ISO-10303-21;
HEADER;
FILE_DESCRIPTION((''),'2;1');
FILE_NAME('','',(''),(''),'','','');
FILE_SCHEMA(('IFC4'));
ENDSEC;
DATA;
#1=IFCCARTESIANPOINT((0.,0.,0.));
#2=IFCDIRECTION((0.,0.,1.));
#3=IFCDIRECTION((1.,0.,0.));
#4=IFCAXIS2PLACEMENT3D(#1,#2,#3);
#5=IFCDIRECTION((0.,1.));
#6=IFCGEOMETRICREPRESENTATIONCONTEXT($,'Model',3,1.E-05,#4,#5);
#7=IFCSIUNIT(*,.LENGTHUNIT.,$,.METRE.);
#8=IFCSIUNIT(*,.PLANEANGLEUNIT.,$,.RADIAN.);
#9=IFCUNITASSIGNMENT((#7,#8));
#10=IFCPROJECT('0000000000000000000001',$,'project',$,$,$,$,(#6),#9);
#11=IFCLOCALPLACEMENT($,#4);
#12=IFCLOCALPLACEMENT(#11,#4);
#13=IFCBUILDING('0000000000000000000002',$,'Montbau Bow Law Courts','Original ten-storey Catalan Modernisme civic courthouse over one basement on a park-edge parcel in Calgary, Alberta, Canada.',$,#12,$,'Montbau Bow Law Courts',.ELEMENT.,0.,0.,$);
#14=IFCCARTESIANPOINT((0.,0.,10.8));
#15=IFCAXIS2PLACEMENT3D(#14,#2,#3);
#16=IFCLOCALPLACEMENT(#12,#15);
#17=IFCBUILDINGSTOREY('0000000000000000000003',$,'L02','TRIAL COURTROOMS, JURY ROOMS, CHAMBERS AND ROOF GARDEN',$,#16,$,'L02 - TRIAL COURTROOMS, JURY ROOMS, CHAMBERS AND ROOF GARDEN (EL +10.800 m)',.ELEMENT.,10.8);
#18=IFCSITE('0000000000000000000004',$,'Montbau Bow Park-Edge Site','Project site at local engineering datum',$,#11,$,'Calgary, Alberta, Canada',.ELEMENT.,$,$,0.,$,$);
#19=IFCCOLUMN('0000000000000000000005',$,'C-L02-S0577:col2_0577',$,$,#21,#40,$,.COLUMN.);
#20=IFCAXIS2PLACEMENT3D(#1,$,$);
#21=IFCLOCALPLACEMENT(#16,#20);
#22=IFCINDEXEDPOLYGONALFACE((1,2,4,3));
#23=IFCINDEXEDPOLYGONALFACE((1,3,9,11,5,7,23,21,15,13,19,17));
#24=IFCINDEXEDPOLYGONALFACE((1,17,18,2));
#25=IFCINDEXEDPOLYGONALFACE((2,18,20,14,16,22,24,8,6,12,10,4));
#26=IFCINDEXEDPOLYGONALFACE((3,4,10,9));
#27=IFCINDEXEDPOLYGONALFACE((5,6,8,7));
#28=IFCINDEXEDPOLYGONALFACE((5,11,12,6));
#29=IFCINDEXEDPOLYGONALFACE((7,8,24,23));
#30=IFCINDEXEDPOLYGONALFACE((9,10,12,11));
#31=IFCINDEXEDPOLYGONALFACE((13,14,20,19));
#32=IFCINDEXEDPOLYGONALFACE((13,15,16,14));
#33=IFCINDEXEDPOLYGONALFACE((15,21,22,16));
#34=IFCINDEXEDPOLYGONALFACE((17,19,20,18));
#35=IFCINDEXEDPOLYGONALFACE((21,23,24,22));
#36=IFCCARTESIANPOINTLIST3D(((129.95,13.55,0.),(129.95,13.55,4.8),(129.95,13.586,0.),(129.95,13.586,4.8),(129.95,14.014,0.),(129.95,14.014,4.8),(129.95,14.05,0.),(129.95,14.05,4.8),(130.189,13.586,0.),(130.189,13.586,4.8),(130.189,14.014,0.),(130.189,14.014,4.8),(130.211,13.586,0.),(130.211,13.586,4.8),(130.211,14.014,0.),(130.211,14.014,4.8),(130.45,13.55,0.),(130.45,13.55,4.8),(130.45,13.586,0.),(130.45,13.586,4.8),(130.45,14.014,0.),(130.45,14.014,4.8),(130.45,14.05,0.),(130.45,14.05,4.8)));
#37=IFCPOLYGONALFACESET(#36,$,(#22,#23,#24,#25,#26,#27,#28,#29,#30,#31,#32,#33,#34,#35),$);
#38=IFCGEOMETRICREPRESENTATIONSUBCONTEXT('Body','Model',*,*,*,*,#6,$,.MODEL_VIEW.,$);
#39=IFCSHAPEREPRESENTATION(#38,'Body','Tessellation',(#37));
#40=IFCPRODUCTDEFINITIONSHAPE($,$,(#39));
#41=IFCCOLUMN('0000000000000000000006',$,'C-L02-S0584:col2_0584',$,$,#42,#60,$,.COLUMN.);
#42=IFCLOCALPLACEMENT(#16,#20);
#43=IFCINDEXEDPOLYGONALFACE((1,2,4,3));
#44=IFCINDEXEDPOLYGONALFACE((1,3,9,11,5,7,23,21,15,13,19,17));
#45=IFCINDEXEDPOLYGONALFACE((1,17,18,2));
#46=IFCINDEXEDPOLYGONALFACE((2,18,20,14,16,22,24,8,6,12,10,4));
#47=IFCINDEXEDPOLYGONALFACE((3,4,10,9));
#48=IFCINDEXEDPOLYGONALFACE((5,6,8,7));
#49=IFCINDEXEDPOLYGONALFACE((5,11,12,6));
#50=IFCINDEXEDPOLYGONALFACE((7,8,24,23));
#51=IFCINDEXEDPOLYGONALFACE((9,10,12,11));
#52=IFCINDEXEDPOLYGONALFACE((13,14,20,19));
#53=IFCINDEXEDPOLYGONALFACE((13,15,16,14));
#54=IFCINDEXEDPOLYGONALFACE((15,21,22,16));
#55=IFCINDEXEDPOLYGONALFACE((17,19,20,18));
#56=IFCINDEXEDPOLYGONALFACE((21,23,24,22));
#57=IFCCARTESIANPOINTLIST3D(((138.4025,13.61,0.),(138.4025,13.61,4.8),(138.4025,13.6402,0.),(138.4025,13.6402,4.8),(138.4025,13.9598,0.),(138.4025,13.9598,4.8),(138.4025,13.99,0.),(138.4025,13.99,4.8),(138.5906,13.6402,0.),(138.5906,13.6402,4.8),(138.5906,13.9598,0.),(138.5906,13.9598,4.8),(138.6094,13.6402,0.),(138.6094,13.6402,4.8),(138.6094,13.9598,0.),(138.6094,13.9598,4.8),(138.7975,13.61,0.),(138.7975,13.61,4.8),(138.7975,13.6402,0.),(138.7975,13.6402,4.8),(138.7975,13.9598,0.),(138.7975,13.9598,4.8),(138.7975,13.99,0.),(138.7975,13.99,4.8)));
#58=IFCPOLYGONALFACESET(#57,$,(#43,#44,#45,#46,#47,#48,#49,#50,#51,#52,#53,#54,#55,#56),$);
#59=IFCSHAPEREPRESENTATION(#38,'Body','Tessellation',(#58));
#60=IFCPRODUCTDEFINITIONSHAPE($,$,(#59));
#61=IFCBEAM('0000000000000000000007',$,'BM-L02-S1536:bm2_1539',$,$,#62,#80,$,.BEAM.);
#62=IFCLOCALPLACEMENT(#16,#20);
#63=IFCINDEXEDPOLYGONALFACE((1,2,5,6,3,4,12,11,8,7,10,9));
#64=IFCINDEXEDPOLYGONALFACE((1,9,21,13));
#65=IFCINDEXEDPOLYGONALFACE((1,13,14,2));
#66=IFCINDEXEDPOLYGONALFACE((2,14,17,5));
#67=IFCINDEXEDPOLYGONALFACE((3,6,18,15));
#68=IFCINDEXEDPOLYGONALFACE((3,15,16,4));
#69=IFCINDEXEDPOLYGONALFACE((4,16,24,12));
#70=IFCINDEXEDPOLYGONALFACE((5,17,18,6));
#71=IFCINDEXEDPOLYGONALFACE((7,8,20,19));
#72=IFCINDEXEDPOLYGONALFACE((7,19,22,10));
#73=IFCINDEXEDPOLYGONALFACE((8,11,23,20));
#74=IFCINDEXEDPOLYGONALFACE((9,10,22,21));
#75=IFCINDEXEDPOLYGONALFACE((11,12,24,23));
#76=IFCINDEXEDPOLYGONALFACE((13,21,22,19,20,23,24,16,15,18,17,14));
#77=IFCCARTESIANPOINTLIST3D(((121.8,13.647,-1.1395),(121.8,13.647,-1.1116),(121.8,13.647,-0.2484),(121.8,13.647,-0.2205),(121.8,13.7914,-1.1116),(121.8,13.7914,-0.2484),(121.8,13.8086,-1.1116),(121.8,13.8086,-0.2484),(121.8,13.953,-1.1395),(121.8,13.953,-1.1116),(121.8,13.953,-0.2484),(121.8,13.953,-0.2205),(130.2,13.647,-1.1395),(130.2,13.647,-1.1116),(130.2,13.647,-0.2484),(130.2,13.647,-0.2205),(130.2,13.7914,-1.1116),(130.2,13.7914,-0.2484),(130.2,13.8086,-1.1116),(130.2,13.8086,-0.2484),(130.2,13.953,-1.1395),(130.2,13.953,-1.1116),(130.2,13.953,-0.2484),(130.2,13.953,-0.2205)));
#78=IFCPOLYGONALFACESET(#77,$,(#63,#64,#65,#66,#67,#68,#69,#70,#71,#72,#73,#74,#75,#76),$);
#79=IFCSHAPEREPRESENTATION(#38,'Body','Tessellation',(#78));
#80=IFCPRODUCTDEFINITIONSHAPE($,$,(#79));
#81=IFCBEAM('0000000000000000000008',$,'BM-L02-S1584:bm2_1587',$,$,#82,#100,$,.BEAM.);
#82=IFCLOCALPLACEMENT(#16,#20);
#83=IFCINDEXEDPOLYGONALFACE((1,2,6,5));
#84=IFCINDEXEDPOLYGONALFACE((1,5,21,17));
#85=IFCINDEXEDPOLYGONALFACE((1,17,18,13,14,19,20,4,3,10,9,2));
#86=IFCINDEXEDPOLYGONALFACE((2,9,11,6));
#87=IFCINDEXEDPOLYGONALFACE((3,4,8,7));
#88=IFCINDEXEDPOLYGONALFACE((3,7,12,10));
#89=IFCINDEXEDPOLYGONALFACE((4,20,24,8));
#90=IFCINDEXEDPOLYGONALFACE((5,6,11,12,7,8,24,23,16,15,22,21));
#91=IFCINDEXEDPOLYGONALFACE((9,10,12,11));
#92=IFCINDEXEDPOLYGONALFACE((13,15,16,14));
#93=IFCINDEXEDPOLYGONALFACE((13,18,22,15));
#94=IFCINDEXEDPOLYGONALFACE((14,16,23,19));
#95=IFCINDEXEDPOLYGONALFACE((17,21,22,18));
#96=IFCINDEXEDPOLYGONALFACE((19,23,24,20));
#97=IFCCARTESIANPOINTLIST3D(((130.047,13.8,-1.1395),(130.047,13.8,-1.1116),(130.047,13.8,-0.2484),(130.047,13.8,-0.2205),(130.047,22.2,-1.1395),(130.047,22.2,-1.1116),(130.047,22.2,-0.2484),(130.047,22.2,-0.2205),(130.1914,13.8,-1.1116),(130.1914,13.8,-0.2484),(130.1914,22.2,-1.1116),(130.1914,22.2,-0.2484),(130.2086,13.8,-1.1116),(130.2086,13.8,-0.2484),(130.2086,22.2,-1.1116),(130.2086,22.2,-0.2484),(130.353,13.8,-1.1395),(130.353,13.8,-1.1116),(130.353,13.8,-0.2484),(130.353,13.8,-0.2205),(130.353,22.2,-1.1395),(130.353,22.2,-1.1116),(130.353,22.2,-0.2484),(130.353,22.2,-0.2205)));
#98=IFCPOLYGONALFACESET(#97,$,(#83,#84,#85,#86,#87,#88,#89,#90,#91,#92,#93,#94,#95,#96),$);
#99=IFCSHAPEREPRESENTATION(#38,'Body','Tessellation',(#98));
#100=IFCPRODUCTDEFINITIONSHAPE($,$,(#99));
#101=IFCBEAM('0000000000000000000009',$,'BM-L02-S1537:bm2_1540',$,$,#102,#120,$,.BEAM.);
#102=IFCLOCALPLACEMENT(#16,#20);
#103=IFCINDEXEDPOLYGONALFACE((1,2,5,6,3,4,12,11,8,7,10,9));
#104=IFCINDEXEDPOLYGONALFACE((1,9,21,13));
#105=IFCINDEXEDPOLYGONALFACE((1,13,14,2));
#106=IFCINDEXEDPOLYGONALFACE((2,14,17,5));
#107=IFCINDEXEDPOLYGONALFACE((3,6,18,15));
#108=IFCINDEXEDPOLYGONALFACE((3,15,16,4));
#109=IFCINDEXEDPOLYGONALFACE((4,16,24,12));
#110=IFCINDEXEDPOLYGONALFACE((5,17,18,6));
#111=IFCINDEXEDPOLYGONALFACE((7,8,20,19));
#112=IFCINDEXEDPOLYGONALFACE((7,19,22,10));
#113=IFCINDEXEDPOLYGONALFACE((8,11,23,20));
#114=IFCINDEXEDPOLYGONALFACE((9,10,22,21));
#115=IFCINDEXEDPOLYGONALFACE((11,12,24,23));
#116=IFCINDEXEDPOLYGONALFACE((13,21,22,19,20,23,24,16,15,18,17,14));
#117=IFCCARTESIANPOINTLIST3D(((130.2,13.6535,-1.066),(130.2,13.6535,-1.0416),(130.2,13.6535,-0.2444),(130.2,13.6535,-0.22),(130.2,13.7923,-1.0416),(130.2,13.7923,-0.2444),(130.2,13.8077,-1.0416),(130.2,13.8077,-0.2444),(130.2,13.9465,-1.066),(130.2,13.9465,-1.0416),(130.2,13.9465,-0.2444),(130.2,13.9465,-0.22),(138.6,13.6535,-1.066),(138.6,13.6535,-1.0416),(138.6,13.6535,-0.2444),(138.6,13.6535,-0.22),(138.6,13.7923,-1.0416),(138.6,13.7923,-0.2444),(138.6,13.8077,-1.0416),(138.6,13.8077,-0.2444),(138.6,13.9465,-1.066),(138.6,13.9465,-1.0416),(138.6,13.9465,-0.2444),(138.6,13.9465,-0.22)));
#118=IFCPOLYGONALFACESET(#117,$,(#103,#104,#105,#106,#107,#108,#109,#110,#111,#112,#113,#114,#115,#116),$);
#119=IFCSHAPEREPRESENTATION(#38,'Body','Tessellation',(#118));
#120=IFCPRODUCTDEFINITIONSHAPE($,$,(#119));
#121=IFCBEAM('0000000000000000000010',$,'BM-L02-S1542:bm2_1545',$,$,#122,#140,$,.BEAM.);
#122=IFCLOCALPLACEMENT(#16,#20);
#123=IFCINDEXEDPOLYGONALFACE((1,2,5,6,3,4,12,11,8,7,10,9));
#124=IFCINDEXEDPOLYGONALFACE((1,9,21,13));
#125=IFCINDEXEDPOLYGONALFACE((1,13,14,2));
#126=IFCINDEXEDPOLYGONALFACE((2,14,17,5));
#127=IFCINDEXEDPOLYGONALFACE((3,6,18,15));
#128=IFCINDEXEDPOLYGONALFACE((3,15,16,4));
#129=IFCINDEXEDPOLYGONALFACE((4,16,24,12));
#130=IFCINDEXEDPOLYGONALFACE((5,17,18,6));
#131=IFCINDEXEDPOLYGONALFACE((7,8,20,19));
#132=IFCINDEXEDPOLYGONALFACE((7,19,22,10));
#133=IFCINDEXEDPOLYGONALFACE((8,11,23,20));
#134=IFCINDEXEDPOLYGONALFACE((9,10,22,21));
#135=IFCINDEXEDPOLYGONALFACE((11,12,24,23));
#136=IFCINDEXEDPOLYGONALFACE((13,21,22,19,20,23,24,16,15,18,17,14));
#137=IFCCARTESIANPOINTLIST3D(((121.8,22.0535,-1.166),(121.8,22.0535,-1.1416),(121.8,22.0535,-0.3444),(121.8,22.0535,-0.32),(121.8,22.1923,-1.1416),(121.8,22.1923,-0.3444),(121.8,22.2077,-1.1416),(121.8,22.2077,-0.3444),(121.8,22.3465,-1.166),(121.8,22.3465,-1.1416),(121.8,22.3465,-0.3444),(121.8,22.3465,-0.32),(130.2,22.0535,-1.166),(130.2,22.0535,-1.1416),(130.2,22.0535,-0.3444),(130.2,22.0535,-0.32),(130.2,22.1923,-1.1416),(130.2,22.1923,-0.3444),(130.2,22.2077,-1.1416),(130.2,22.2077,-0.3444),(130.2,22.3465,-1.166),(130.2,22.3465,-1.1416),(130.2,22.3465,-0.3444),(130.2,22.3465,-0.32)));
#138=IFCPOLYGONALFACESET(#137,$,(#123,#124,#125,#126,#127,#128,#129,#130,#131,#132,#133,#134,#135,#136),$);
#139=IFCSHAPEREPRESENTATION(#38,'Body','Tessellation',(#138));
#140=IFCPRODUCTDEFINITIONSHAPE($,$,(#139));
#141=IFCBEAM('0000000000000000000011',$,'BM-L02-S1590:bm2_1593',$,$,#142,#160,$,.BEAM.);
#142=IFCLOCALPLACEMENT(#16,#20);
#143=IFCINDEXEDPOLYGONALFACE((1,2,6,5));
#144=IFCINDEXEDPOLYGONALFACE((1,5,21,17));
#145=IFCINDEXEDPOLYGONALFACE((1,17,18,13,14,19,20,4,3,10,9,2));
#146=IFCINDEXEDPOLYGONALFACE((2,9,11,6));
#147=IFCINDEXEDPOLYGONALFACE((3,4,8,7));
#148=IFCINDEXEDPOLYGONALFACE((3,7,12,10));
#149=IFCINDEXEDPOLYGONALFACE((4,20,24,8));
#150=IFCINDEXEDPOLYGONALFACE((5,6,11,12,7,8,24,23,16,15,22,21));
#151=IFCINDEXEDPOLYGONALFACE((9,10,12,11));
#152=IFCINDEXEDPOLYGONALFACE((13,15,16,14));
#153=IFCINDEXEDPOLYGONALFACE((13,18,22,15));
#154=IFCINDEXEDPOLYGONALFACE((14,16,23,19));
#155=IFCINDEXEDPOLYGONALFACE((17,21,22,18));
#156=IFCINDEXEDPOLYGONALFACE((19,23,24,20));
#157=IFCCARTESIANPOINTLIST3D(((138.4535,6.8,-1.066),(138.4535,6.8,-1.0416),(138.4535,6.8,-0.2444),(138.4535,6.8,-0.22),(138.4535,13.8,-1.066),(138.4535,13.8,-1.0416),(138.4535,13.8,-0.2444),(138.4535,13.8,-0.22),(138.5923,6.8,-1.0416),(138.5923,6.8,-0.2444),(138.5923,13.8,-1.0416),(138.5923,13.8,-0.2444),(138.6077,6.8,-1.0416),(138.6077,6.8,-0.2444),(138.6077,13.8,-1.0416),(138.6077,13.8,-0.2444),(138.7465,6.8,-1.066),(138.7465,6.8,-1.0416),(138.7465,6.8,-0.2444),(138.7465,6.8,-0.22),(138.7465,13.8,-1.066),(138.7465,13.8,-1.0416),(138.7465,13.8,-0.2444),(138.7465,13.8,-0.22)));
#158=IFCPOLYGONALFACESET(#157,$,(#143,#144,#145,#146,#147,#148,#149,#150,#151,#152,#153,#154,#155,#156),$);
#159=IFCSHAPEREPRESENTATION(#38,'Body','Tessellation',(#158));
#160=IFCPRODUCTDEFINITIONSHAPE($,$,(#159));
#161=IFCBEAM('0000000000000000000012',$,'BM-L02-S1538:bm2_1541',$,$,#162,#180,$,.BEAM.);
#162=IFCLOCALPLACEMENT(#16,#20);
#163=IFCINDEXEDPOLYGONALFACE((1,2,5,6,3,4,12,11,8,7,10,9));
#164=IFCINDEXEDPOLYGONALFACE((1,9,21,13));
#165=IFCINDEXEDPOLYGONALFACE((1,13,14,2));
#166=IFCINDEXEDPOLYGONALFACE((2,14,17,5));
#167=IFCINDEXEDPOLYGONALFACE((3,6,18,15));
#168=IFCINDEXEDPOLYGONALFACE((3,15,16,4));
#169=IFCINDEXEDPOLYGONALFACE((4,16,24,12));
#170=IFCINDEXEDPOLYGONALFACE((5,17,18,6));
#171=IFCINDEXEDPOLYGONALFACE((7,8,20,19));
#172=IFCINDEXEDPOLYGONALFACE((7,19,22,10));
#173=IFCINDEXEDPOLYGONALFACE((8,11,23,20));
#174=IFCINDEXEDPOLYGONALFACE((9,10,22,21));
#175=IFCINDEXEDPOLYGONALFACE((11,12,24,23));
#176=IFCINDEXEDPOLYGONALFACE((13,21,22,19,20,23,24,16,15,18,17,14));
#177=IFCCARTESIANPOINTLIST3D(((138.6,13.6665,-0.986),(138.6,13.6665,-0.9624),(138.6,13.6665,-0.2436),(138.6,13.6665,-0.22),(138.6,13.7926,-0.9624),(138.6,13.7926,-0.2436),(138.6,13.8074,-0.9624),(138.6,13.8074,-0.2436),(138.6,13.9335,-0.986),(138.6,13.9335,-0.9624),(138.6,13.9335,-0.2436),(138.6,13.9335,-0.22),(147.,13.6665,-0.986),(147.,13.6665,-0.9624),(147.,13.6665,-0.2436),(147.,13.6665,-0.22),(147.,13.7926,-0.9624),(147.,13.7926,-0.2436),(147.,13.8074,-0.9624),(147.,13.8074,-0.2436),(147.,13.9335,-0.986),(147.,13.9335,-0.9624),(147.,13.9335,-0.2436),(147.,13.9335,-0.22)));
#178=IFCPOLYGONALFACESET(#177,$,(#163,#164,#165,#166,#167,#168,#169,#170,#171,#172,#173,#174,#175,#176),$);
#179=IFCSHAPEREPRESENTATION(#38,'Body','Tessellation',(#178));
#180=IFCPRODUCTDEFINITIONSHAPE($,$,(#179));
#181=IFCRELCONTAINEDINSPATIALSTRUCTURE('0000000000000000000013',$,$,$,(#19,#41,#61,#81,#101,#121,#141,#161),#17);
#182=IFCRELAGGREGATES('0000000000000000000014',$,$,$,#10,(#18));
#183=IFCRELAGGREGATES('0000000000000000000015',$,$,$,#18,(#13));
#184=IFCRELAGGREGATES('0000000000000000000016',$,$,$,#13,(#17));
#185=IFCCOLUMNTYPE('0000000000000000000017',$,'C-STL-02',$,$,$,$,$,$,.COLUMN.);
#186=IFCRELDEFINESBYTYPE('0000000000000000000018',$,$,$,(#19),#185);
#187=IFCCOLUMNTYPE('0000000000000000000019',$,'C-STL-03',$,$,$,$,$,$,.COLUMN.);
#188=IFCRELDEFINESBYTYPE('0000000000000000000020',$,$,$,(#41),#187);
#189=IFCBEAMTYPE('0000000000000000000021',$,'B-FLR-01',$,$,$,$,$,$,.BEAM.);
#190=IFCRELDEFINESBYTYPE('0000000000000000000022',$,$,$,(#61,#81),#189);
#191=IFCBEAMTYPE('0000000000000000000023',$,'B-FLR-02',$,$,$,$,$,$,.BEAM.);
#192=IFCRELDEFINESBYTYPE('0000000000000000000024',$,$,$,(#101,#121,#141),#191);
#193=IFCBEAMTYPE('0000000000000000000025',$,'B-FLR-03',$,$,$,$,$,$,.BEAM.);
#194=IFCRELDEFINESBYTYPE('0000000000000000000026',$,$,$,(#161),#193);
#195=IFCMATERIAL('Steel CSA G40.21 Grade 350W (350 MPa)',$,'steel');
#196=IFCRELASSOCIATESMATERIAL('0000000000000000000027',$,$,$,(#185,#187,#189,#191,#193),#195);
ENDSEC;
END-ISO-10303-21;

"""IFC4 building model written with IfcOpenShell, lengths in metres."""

from ifc_helpers import new_model, si_unit, direction, frame, origin_with_axes, origin_2d_with_axis, place, context, subcontext, project, spatial, i_section, extrude, material, material_profile, profile_set, type_object, element, save


model = new_model("IFC4")

# Units and contexts
model_context = context("Model", 3, precision=1e-05, world=origin_with_axes(), true_north=direction((0.0, 1.0)))
body_context = subcontext(model_context, "Body", "Model", "MODEL_VIEW")
ifc_project = project(units=[si_unit("LENGTHUNIT", "METRE"), si_unit("PLANEANGLEUNIT", "RADIAN")], contexts=[model_context])

# Site, building, storey
site_placement = place(None, origin_with_axes())
site = spatial("IfcSite", under=ifc_project, at=site_placement, Name="Montbau Bow Park-Edge Site", Description="Project site at local engineering datum", LongName="Calgary, Alberta, Canada", CompositionType="ELEMENT", RefElevation=0.0)
building_placement = place(site_placement, origin_with_axes())
building = spatial("IfcBuilding", under=site, at=building_placement, Name="Montbau Bow Law Courts", Description="Original ten-storey Catalan Modernisme civic courthouse over one basement on a park-edge parcel in Calgary, Alberta, Canada.", LongName="Montbau Bow Law Courts", CompositionType="ELEMENT", ElevationOfRefHeight=0.0, ElevationOfTerrain=0.0)
storey_placement = place(building_placement, frame((0.0, 0.0, 10.8), z_axis=(0.0, 0.0, 1.0), x_axis=(1.0, 0.0, 0.0)))
storey = spatial("IfcBuildingStorey", under=building, at=storey_placement, Name="L02", Description="TRIAL COURTROOMS, JURY ROOMS, CHAMBERS AND ROOF GARDEN", LongName="L02 - TRIAL COURTROOMS, JURY ROOMS, CHAMBERS AND ROOF GARDEN (EL +10.800 m)", CompositionType="ELEMENT", Elevation=10.8)

# Columns
ifc_material_1 = material(Name="Steel CSA G40.21 Grade 350W (350 MPa)", Category="steel")
ifc_material_profile_1 = material_profile(ifc_material_1, i_section(OverallWidth=0.5, OverallDepth=0.5, WebThickness=0.022, FlangeThickness=0.036, at=origin_2d_with_axis()), Name="WWF500X343", Category="Main", Priority=0)
ifc_profile_set_1 = profile_set([ifc_material_profile_1], Name="Steel CSA G40.21 Grade 350W (350 MPa)")
column_type_1 = type_object("IfcColumnType", Name="C-STL-02", PredefinedType="COLUMN", material=ifc_profile_set_1)
column_1_placement = place(None, frame((130.2, 13.8, 10.8), z_axis=(0.0, 0.0, 1.0), x_axis=(1.0, 0.0, 0.0)))
element("IfcColumn", 1, at=column_1_placement, inside=storey, type_object=column_type_1, Name="C-L02-S0577:col2_0577", PredefinedType="COLUMN", context=body_context, shape_type="SweptSolid", body=[
    extrude(i_section(OverallWidth=0.5, OverallDepth=0.5, WebThickness=0.022, FlangeThickness=0.036, at=origin_2d_with_axis()), origin_with_axes(), (0.0, 0.0, 1.0), 4.8),
])
ifc_material_profile_2 = material_profile(ifc_material_1, i_section(OverallWidth=0.395, OverallDepth=0.38, WebThickness=0.0189, FlangeThickness=0.0302, at=origin_2d_with_axis()), Name="W360X237", Category="Main", Priority=0)
ifc_profile_set_2 = profile_set([ifc_material_profile_2], Name="Steel CSA G40.21 Grade 350W (350 MPa)")
column_type_2 = type_object("IfcColumnType", Name="C-STL-03", PredefinedType="COLUMN", material=ifc_profile_set_2)
column_2_placement = place(None, frame((138.6, 13.8, 10.8), z_axis=(0.0, 0.0, 1.0), x_axis=(1.0, 0.0, 0.0)))
element("IfcColumn", 2, at=column_2_placement, inside=storey, type_object=column_type_2, Name="C-L02-S0584:col2_0584", PredefinedType="COLUMN", context=body_context, shape_type="SweptSolid", body=[
    extrude(i_section(OverallWidth=0.395, OverallDepth=0.38, WebThickness=0.0189, FlangeThickness=0.0302, at=origin_2d_with_axis()), origin_with_axes(), (0.0, 0.0, 1.0), 4.8),
])

# Beams
ifc_material_profile_3 = material_profile(ifc_material_1, i_section(OverallWidth=0.306, OverallDepth=0.919, WebThickness=0.0173, FlangeThickness=0.0279, at=origin_2d_with_axis()), Name="W920X253", Category="Main", Priority=0)
ifc_profile_set_3 = profile_set([ifc_material_profile_3], Name="Steel CSA G40.21 Grade 350W (350 MPa)")
beam_type_1 = type_object("IfcBeamType", Name="B-FLR-01", PredefinedType="BEAM", material=ifc_profile_set_3)
for number, where, z_axis, x_axis, name in (
    (3, (121.8, 13.8, 10.12), (1.0, 0.0, 0.0), (0.0, 1.0, 0.0), "BM-L02-S1536:bm2_1539"),
    (4, (130.2, 13.8, 10.12), (0.0, 1.0, 0.0), (-1.0, 0.0, 0.0), "BM-L02-S1584:bm2_1587"),
):
    element("IfcBeam", number, at=place(None, frame(where, z_axis=z_axis, x_axis=x_axis)), inside=storey, type_object=beam_type_1, Name=name, PredefinedType="BEAM", context=body_context, shape_type="SweptSolid", body=[
        extrude(i_section(OverallWidth=0.306, OverallDepth=0.919, WebThickness=0.0173, FlangeThickness=0.0279, at=origin_2d_with_axis()), origin_with_axes(), (0.0, 0.0, 1.0), 8.4),
    ])
ifc_material_profile_4 = material_profile(ifc_material_1, i_section(OverallWidth=0.293, OverallDepth=0.846, WebThickness=0.0154, FlangeThickness=0.0244, at=origin_2d_with_axis()), Name="W840X210", Category="Main", Priority=0)
ifc_profile_set_4 = profile_set([ifc_material_profile_4], Name="Steel CSA G40.21 Grade 350W (350 MPa)")
beam_type_2 = type_object("IfcBeamType", Name="B-FLR-02", PredefinedType="BEAM", material=ifc_profile_set_4)
for number, where, z_axis, x_axis, name in (
    (5, (130.2, 13.8, 10.157), (1.0, 0.0, 0.0), (0.0, 1.0, 0.0), "BM-L02-S1537:bm2_1540"),
    (6, (121.8, 22.2, 10.057), (1.0, 0.0, 0.0), (0.0, 1.0, 0.0), "BM-L02-S1542:bm2_1545"),
):
    element("IfcBeam", number, at=place(None, frame(where, z_axis=z_axis, x_axis=x_axis)), inside=storey, type_object=beam_type_2, Name=name, PredefinedType="BEAM", context=body_context, shape_type="SweptSolid", body=[
        extrude(i_section(OverallWidth=0.293, OverallDepth=0.846, WebThickness=0.0154, FlangeThickness=0.0244, at=origin_2d_with_axis()), origin_with_axes(), (0.0, 0.0, 1.0), 8.4),
    ])
beam_1_placement = place(None, frame((138.6, 6.8, 10.157), z_axis=(0.0, 1.0, 0.0), x_axis=(-1.0, 0.0, 0.0)))
element("IfcBeam", 7, at=beam_1_placement, inside=storey, type_object=beam_type_2, Name="BM-L02-S1590:bm2_1593", PredefinedType="BEAM", context=body_context, shape_type="SweptSolid", body=[
    extrude(i_section(OverallWidth=0.293, OverallDepth=0.846, WebThickness=0.0154, FlangeThickness=0.0244, at=origin_2d_with_axis()), origin_with_axes(), (0.0, 0.0, 1.0), 7.0),
])
ifc_material_profile_5 = material_profile(ifc_material_1, i_section(OverallWidth=0.267, OverallDepth=0.766, WebThickness=0.0149, FlangeThickness=0.0236, at=origin_2d_with_axis()), Name="W760X185", Category="Main", Priority=0)
ifc_profile_set_5 = profile_set([ifc_material_profile_5], Name="Steel CSA G40.21 Grade 350W (350 MPa)")
beam_type_3 = type_object("IfcBeamType", Name="B-FLR-03", PredefinedType="BEAM", material=ifc_profile_set_5)
for number, where, z_axis, x_axis, name in (
    (8, (138.6, 13.8, 10.197), (1.0, 0.0, 0.0), (0.0, 1.0, 0.0), "BM-L02-S1538:bm2_1541"),
):
    element("IfcBeam", number, at=place(None, frame(where, z_axis=z_axis, x_axis=x_axis)), inside=storey, type_object=beam_type_3, Name=name, PredefinedType="BEAM", context=body_context, shape_type="SweptSolid", body=[
        extrude(i_section(OverallWidth=0.267, OverallDepth=0.766, WebThickness=0.0149, FlangeThickness=0.0236, at=origin_2d_with_axis()), origin_with_axes(), (0.0, 0.0, 1.0), 8.4),
    ])

save(model, "model.ifc")
